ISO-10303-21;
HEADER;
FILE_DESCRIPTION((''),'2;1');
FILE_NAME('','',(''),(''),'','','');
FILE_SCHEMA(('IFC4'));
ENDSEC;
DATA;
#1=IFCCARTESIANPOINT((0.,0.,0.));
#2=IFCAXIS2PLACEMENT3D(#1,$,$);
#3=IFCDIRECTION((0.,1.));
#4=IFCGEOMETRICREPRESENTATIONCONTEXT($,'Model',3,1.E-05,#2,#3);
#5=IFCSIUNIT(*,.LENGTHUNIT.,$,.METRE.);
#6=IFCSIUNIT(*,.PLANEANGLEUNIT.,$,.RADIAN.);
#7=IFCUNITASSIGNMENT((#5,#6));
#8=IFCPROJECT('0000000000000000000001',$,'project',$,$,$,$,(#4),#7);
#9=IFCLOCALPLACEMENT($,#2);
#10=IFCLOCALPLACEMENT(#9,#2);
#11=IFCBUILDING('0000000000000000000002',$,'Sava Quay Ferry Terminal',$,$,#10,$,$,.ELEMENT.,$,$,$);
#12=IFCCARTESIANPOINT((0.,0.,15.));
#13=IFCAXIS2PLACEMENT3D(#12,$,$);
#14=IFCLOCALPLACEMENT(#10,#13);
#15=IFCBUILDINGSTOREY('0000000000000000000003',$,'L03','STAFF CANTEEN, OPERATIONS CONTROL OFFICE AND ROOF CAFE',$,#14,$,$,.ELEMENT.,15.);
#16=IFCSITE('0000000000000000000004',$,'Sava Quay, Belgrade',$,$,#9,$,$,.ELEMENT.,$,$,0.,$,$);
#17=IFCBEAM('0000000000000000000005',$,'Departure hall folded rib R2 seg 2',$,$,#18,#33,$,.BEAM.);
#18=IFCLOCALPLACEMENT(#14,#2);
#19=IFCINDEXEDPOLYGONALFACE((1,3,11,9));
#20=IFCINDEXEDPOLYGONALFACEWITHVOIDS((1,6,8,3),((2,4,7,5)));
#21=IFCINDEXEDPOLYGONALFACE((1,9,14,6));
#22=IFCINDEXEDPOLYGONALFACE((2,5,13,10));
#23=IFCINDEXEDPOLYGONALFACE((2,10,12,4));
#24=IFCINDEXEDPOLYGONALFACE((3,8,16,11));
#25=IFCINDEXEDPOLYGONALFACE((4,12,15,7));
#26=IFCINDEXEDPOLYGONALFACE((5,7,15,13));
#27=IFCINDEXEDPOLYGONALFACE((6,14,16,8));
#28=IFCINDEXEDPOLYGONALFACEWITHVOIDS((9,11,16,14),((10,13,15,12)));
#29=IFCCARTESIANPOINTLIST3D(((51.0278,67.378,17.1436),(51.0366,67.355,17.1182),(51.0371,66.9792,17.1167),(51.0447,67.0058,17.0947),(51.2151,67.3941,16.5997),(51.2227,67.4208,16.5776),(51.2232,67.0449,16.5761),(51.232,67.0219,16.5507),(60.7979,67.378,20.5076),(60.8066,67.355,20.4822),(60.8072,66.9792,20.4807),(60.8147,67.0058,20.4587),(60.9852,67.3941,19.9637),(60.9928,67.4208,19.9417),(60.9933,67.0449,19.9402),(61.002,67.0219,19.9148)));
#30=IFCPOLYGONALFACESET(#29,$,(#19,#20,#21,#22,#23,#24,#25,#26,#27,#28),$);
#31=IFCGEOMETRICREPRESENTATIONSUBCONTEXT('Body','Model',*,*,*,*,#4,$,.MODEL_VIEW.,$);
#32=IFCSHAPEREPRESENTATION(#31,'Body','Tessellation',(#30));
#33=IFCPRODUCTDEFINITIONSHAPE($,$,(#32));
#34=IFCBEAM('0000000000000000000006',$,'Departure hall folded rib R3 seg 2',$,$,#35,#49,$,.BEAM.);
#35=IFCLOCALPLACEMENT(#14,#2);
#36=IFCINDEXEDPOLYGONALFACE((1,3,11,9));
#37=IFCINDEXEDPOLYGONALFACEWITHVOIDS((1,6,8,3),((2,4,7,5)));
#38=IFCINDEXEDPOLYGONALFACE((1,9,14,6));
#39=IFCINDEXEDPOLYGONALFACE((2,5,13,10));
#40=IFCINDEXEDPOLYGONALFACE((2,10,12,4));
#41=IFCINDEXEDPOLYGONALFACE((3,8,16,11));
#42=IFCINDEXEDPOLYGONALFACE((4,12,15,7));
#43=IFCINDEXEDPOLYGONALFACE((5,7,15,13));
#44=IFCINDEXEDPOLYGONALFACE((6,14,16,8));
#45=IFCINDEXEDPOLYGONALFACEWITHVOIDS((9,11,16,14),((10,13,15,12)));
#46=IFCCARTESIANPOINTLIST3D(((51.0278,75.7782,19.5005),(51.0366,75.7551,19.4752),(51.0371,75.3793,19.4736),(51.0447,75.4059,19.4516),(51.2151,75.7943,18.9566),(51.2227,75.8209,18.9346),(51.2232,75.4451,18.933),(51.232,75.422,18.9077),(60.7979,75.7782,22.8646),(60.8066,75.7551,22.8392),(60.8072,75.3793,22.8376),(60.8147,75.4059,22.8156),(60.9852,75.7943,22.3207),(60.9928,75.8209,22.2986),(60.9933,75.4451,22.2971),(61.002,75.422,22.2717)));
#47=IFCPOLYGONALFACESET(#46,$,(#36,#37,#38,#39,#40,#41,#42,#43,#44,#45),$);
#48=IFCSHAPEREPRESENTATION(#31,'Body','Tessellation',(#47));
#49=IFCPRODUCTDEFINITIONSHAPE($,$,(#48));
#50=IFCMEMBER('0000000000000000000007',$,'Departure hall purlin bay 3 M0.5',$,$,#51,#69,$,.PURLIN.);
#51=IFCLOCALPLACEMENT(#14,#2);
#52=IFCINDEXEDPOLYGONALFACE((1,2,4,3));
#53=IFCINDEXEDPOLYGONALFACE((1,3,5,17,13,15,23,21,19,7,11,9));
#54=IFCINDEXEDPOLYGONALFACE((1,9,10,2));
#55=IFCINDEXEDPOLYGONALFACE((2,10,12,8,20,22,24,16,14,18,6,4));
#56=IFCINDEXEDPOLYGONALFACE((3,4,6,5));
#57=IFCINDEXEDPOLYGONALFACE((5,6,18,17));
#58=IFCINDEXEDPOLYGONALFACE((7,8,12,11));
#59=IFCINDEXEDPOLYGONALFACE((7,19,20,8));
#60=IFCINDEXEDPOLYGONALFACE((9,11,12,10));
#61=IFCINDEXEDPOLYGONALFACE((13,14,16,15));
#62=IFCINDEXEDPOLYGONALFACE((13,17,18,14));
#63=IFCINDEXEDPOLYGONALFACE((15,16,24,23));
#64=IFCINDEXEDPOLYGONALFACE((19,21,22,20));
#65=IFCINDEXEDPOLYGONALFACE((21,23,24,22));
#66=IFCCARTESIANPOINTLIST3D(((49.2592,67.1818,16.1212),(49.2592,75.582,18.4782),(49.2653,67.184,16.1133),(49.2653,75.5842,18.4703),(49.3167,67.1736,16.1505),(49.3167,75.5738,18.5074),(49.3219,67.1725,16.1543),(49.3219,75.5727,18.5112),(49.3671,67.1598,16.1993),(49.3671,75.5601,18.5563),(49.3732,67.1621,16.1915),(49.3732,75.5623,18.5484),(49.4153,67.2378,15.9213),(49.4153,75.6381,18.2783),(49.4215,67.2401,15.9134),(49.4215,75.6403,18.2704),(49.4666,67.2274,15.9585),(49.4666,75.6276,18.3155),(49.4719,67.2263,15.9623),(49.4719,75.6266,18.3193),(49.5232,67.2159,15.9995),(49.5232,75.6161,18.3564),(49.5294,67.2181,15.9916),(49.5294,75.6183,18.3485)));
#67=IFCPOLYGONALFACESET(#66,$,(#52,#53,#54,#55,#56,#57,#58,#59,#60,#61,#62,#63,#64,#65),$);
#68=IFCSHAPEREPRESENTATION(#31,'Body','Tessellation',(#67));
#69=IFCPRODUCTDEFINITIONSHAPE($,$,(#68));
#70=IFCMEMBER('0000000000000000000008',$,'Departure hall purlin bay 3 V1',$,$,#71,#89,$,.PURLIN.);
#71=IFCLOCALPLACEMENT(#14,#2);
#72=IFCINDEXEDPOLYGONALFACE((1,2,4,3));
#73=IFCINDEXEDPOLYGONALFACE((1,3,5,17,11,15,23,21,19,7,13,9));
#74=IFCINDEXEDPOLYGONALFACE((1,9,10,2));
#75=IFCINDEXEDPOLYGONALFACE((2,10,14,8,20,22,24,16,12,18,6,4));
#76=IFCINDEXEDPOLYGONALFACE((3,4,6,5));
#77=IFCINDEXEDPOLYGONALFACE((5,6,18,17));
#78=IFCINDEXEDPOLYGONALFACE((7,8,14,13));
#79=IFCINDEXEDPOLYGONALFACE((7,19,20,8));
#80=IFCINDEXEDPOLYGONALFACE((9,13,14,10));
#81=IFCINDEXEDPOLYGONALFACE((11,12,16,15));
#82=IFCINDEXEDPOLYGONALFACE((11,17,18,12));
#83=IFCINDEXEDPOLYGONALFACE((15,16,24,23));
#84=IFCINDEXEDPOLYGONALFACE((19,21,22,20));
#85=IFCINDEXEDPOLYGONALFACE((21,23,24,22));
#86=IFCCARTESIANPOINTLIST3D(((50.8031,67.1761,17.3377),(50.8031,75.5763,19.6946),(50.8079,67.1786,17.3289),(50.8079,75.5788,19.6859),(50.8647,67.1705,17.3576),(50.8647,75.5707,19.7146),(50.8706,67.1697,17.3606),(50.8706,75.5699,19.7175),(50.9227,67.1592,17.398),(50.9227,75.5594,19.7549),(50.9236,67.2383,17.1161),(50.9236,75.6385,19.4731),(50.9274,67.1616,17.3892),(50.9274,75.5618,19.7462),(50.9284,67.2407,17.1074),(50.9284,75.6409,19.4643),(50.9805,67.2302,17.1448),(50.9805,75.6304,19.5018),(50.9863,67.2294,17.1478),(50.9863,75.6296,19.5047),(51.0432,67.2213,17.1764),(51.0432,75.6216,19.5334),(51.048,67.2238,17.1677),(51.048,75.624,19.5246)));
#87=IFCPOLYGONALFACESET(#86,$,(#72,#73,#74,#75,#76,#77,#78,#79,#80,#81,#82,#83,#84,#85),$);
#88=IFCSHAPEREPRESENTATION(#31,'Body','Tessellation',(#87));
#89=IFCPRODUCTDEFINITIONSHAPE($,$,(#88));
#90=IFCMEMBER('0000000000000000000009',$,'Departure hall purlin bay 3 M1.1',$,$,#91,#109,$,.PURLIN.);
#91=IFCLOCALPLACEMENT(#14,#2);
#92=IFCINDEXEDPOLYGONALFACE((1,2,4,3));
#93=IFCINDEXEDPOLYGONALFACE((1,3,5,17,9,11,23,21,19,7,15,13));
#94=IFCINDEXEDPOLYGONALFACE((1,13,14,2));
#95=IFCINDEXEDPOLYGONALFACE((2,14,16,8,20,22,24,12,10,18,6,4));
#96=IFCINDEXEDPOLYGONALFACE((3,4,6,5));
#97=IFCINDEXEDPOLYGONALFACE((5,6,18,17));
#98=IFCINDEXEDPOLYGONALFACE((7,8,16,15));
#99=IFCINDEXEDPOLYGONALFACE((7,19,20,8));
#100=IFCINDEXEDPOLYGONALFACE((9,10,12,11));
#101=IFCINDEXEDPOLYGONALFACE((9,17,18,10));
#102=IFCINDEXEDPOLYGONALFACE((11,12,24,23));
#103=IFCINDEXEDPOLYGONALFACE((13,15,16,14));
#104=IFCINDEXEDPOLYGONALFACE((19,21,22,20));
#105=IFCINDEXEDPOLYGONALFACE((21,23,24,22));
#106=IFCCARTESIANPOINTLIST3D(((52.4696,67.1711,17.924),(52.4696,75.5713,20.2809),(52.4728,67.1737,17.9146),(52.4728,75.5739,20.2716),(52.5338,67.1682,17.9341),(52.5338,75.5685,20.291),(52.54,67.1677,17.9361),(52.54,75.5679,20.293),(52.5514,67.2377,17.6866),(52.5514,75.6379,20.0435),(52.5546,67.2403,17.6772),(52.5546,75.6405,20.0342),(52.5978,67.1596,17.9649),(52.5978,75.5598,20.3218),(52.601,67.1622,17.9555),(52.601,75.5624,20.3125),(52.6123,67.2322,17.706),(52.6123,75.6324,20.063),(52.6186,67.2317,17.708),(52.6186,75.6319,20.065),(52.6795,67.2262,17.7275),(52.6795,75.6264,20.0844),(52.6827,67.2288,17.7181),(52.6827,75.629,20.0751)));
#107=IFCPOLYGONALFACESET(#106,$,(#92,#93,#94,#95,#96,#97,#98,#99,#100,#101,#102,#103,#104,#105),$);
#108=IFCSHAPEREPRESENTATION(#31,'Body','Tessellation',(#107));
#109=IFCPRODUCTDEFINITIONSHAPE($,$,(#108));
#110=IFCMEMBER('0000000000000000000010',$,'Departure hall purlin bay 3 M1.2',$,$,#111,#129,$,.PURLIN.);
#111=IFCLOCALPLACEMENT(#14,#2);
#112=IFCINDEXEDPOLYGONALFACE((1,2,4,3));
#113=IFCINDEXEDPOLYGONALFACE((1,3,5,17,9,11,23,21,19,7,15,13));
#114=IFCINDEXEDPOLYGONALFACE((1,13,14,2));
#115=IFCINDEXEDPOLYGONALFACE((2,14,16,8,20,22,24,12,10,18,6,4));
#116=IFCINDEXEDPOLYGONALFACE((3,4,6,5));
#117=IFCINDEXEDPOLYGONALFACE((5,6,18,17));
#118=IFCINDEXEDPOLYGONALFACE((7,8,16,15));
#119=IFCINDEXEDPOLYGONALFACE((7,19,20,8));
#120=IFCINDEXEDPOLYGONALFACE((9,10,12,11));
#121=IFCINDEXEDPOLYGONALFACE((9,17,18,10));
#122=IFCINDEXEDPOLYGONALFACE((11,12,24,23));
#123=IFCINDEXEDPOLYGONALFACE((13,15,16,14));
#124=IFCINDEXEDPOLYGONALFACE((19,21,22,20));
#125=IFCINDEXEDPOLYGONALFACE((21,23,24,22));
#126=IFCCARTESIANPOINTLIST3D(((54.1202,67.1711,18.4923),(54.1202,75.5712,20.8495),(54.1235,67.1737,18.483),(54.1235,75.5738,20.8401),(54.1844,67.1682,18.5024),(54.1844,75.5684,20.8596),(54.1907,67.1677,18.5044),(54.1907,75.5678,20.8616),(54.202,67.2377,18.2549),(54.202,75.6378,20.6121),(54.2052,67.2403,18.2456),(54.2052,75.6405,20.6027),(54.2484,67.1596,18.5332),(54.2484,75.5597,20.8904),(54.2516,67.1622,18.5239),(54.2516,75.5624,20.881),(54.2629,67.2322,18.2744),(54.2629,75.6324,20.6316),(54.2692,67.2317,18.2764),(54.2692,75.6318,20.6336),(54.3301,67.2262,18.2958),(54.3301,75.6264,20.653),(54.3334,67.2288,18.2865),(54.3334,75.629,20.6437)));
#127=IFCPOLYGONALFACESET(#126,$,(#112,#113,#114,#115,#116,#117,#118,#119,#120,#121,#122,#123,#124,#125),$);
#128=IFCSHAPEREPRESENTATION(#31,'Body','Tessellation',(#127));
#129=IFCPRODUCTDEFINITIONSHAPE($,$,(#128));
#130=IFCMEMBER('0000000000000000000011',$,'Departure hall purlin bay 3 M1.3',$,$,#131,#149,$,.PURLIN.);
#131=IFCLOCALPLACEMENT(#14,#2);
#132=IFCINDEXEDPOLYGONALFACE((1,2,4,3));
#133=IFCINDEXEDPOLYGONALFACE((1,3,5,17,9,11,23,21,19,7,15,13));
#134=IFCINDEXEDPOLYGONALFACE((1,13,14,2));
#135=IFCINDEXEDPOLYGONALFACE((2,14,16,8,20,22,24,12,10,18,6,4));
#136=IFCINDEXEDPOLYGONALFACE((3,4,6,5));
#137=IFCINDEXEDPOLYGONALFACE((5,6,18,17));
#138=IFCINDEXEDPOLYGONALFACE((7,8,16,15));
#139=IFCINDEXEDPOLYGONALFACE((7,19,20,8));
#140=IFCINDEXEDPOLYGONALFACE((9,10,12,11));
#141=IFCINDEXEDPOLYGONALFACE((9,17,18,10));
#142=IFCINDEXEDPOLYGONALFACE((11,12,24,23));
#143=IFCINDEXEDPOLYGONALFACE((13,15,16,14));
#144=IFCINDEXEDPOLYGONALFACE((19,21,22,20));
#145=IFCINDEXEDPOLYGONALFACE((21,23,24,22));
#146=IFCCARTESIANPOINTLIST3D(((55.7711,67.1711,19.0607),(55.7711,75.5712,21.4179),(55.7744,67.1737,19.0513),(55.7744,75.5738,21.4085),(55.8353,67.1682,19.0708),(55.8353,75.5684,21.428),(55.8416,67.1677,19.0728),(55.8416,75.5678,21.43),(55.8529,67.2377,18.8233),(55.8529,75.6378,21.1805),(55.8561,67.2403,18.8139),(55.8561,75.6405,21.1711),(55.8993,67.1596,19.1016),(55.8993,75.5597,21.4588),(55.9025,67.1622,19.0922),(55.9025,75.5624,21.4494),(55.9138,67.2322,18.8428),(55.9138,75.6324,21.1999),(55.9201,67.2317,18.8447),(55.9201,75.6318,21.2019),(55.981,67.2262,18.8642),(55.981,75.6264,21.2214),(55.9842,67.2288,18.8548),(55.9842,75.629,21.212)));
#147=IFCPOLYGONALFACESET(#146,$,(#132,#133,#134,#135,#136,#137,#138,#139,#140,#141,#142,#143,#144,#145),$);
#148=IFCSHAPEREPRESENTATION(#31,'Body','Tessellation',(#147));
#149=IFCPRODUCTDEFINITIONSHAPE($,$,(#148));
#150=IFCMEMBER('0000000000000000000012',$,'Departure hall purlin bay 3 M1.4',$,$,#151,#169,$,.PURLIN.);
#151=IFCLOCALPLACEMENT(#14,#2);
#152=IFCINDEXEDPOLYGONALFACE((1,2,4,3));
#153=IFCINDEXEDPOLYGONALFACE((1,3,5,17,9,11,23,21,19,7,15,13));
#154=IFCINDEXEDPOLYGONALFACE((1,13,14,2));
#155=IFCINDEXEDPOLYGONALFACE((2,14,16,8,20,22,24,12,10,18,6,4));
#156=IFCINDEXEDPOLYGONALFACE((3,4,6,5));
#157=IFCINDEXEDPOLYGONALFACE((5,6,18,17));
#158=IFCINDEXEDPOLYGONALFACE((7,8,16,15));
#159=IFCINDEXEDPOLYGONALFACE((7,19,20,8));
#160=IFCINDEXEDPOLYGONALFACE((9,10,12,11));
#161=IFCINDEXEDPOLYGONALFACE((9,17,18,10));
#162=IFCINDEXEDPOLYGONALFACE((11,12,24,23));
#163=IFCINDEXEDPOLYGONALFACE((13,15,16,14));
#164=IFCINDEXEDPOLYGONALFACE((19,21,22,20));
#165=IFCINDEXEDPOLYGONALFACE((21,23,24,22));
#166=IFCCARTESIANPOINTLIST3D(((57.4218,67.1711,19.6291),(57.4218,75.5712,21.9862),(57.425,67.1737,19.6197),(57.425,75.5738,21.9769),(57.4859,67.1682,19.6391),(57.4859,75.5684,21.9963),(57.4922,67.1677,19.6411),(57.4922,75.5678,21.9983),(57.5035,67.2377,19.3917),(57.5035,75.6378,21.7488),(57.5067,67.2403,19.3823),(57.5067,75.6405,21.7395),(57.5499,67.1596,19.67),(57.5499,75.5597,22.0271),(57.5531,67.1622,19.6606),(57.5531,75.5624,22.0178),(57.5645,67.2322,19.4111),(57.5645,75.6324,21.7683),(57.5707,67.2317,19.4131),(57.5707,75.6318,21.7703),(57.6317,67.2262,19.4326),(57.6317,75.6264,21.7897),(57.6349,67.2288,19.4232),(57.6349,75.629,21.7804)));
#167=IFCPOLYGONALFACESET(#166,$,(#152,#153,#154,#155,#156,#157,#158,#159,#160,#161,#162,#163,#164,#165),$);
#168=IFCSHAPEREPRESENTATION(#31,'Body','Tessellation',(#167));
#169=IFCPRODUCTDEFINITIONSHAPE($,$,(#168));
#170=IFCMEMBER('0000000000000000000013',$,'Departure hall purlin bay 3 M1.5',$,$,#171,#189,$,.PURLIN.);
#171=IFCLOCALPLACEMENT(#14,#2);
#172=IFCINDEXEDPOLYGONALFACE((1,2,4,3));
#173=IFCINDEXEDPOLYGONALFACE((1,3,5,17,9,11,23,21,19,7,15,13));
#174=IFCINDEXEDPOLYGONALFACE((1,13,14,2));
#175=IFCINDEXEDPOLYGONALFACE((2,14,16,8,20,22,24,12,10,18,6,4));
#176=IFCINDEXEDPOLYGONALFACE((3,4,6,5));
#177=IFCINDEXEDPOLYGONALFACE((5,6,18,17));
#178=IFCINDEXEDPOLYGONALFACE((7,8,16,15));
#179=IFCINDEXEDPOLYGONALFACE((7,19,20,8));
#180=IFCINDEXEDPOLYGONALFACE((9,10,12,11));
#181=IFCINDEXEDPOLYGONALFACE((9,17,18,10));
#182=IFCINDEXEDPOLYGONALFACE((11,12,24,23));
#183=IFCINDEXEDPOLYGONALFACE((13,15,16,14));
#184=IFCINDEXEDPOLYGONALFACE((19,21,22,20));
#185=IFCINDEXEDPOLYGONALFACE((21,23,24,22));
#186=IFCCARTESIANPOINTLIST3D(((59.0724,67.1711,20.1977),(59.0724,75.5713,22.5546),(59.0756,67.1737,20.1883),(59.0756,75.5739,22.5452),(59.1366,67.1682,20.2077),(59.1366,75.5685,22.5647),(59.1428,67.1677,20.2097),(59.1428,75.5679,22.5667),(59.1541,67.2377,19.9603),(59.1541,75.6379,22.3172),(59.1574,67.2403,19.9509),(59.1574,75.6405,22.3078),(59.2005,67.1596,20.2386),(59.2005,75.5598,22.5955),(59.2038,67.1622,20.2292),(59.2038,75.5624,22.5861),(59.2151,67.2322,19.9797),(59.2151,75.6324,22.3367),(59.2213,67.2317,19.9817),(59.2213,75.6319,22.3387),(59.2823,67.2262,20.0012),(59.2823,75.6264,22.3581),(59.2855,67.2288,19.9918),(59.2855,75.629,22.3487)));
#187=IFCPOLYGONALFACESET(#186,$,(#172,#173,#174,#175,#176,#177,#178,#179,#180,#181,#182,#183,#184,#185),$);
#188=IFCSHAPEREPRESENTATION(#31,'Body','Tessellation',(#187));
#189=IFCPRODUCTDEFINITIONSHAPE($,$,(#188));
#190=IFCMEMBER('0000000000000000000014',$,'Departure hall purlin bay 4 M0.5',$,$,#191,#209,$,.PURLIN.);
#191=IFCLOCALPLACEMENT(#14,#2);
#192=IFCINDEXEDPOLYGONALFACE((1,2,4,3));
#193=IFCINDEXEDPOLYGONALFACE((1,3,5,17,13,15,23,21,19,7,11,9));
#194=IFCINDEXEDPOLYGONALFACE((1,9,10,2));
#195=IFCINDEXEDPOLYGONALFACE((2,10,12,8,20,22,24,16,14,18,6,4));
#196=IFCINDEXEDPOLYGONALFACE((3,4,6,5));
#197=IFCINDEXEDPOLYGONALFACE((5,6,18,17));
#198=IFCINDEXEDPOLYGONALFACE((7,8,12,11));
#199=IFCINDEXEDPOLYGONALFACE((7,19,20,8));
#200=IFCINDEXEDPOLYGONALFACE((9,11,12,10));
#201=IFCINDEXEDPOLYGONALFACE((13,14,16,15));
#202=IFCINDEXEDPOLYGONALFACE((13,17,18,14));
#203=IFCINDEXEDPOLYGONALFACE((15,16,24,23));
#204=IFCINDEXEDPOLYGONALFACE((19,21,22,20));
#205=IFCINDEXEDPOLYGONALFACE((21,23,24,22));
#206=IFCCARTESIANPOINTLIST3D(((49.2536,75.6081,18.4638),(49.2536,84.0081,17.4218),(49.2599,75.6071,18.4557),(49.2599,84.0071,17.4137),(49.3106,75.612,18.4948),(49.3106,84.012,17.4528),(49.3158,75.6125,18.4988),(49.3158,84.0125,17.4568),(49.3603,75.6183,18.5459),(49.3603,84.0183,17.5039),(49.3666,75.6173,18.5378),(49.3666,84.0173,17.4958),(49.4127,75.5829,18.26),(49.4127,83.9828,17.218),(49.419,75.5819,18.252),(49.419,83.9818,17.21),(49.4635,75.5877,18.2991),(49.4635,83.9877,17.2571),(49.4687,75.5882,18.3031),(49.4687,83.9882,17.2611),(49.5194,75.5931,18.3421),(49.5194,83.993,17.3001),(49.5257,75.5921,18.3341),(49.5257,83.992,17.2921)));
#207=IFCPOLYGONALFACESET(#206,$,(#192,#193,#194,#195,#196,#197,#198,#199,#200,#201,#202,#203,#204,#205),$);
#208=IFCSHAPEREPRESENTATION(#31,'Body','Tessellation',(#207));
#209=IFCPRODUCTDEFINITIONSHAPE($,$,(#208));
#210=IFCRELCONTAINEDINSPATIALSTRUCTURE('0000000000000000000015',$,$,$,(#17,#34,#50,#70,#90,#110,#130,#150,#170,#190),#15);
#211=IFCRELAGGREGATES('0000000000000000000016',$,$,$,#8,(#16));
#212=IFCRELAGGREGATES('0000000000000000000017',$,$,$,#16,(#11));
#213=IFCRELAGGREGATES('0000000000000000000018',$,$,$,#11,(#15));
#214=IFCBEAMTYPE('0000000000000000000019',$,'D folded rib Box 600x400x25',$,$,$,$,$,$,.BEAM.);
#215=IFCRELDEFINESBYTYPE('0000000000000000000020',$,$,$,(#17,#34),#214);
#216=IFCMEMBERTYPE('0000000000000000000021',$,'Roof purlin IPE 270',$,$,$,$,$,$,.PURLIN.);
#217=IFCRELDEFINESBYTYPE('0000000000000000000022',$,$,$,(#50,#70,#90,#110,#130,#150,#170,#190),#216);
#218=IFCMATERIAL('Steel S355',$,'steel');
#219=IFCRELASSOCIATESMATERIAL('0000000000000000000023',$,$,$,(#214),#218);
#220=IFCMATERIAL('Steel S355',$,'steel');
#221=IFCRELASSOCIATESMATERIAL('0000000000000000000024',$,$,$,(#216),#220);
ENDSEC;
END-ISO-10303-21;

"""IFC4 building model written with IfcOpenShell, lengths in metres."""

from ifc_helpers import new_model, si_unit, direction, frame, origin, origin_2d, place, context, subcontext, project, spatial, polyline, i_section, outline, extrude, material, material_profile, profile_set, type_object, element, save


model = new_model("IFC4")

# Units and contexts
model_context = context("Model", 3, precision=1e-05, world=origin(), true_north=direction((0.0, 1.0)))
body_context = subcontext(model_context, "Body", "Model", "MODEL_VIEW")
ifc_project = project(units=[si_unit("LENGTHUNIT", "METRE"), si_unit("PLANEANGLEUNIT", "RADIAN")], contexts=[model_context])

# Site, building, storey
site_placement = place(None, origin())
site = spatial("IfcSite", under=ifc_project, at=site_placement, Name="Sava Quay, Belgrade", CompositionType="ELEMENT", RefElevation=0.0)
building_placement = place(site_placement, origin())
building = spatial("IfcBuilding", under=site, at=building_placement, Name="Sava Quay Ferry Terminal", CompositionType="ELEMENT")
storey_placement = place(building_placement, frame((0.0, 0.0, 15.0)))
storey = spatial("IfcBuildingStorey", under=building, at=storey_placement, Name="L03", Description="STAFF CANTEEN, OPERATIONS CONTROL OFFICE AND ROOF CAFE", CompositionType="ELEMENT", Elevation=15.0)

# Beams
ifc_material_1 = material(Name="Steel S355", Category="steel")
ifc_material_profile_1 = material_profile(ifc_material_1, outline(polyline([(-0.2, -0.3), (0.2, -0.3), (0.2, 0.3), (-0.2, 0.3), (-0.2, -0.3)]), holes=[polyline([(-0.175, -0.2749), (-0.175, 0.2749), (0.175, 0.2749), (0.175, -0.2749), (-0.175, -0.2749)])]), Name="Box 600x400x25 built-up")
ifc_profile_set_1 = profile_set([ifc_material_profile_1], Name="Steel S355")
beam_type = type_object("IfcBeamType", Name="D folded rib Box 600x400x25", PredefinedType="BEAM", material=ifc_profile_set_1)
for number, where, z_axis, x_axis, name in (
    (1, (51.1299, 67.2, 16.8472), (0.945521, 0.0, 0.325562), (-0.023171, 0.997464, 0.067296), "Departure hall folded rib R2 seg 2"),
    (2, (51.1299, 75.6001, 19.2041), (0.945521, 0.0, 0.325562), (-0.023189, 0.99746, 0.067348), "Departure hall folded rib R3 seg 2"),
):
    element("IfcBeam", number, at=place(storey_placement, frame(where, z_axis=z_axis, x_axis=x_axis)), inside=storey, type_object=beam_type, Name=name, PredefinedType="BEAM", context=body_context, shape_type="SweptSolid", body=[
        extrude(outline(polyline([(-0.2, -0.3), (0.2, -0.3), (0.2, 0.3), (-0.2, 0.3), (-0.2, -0.3)]), holes=[polyline([(-0.175, -0.2749), (-0.175, 0.2749), (0.175, 0.2749), (0.175, -0.2749), (-0.175, -0.2749)])]), origin(), (0.0, 0.0, 1.0), 10.333),
    ])

# Members
ifc_material_2 = material(Name="Steel S355", Category="steel")
ifc_material_profile_2 = material_profile(ifc_material_2, i_section(OverallWidth=0.135, OverallDepth=0.27, WebThickness=0.0066, FlangeThickness=0.0103, at=origin_2d()), Name="IPE 270")
ifc_profile_set_2 = profile_set([ifc_material_profile_2], Name="Steel S355")
member_type_1 = type_object("IfcMemberType", Name="Roof purlin IPE 270", PredefinedType="PURLIN", material=ifc_profile_set_2)
for number, where, z_axis, x_axis, name in (
    (3, (49.3943, 67.2, 16.0564), (0.0, 0.962818, 0.27015), (-0.799142, 0.162398, -0.57879), "Departure hall purlin bay 3 M0.5"),
    (4, (50.9255, 67.2, 17.2527), (0.0, 0.962818, 0.27015), (-0.885826, 0.125354, -0.446764), "Departure hall purlin bay 3 V1"),
    (5, (52.5762, 67.2, 17.821), (0.0, 0.962818, 0.27015), (-0.949197, 0.085011, -0.302981), "Departure hall purlin bay 3 M1.1"),
    (6, (54.2268, 67.2, 18.3894), (0.0, 0.962811, 0.270176), (-0.949197, 0.085019, -0.302979), "Departure hall purlin bay 3 M1.2"),
    (7, (55.8777, 67.2, 18.9578), (0.0, 0.962811, 0.270176), (-0.949197, 0.085019, -0.302979), "Departure hall purlin bay 3 M1.3"),
    (8, (57.5283, 67.2, 19.5261), (0.0, 0.962811, 0.270176), (-0.949197, 0.085019, -0.302979), "Departure hall purlin bay 3 M1.4"),
    (9, (59.179, 67.2, 20.0947), (0.0, 0.962818, 0.27015), (-0.949197, 0.085011, -0.302981), "Departure hall purlin bay 3 M1.5"),
):
    element("IfcMember", number, at=place(storey_placement, frame(where, z_axis=z_axis, x_axis=x_axis)), inside=storey, type_object=member_type_1, Name=name, PredefinedType="PURLIN", context=body_context, shape_type="SweptSolid", body=[
        extrude(i_section(OverallWidth=0.135, OverallDepth=0.27, WebThickness=0.0066, FlangeThickness=0.0103, at=origin_2d()), origin(), (0.0, 0.0, 1.0), 8.7246),
    ])
for number, where, z_axis, x_axis, name in (
    (10, (49.3896, 75.6001, 18.3989), (0.0, 0.992394, -0.123105), (-0.790284, -0.075431, -0.60808), "Departure hall purlin bay 4 M0.5"),
):
    element("IfcMember", number, at=place(storey_placement, frame(where, z_axis=z_axis, x_axis=x_axis)), inside=storey, type_object=member_type_1, Name=name, PredefinedType="PURLIN", context=body_context, shape_type="SweptSolid", body=[
        extrude(i_section(OverallWidth=0.135, OverallDepth=0.27, WebThickness=0.0066, FlangeThickness=0.0103, at=origin_2d()), origin(), (0.0, 0.0, 1.0), 8.4644),
    ])

save(model, "model.ifc")
